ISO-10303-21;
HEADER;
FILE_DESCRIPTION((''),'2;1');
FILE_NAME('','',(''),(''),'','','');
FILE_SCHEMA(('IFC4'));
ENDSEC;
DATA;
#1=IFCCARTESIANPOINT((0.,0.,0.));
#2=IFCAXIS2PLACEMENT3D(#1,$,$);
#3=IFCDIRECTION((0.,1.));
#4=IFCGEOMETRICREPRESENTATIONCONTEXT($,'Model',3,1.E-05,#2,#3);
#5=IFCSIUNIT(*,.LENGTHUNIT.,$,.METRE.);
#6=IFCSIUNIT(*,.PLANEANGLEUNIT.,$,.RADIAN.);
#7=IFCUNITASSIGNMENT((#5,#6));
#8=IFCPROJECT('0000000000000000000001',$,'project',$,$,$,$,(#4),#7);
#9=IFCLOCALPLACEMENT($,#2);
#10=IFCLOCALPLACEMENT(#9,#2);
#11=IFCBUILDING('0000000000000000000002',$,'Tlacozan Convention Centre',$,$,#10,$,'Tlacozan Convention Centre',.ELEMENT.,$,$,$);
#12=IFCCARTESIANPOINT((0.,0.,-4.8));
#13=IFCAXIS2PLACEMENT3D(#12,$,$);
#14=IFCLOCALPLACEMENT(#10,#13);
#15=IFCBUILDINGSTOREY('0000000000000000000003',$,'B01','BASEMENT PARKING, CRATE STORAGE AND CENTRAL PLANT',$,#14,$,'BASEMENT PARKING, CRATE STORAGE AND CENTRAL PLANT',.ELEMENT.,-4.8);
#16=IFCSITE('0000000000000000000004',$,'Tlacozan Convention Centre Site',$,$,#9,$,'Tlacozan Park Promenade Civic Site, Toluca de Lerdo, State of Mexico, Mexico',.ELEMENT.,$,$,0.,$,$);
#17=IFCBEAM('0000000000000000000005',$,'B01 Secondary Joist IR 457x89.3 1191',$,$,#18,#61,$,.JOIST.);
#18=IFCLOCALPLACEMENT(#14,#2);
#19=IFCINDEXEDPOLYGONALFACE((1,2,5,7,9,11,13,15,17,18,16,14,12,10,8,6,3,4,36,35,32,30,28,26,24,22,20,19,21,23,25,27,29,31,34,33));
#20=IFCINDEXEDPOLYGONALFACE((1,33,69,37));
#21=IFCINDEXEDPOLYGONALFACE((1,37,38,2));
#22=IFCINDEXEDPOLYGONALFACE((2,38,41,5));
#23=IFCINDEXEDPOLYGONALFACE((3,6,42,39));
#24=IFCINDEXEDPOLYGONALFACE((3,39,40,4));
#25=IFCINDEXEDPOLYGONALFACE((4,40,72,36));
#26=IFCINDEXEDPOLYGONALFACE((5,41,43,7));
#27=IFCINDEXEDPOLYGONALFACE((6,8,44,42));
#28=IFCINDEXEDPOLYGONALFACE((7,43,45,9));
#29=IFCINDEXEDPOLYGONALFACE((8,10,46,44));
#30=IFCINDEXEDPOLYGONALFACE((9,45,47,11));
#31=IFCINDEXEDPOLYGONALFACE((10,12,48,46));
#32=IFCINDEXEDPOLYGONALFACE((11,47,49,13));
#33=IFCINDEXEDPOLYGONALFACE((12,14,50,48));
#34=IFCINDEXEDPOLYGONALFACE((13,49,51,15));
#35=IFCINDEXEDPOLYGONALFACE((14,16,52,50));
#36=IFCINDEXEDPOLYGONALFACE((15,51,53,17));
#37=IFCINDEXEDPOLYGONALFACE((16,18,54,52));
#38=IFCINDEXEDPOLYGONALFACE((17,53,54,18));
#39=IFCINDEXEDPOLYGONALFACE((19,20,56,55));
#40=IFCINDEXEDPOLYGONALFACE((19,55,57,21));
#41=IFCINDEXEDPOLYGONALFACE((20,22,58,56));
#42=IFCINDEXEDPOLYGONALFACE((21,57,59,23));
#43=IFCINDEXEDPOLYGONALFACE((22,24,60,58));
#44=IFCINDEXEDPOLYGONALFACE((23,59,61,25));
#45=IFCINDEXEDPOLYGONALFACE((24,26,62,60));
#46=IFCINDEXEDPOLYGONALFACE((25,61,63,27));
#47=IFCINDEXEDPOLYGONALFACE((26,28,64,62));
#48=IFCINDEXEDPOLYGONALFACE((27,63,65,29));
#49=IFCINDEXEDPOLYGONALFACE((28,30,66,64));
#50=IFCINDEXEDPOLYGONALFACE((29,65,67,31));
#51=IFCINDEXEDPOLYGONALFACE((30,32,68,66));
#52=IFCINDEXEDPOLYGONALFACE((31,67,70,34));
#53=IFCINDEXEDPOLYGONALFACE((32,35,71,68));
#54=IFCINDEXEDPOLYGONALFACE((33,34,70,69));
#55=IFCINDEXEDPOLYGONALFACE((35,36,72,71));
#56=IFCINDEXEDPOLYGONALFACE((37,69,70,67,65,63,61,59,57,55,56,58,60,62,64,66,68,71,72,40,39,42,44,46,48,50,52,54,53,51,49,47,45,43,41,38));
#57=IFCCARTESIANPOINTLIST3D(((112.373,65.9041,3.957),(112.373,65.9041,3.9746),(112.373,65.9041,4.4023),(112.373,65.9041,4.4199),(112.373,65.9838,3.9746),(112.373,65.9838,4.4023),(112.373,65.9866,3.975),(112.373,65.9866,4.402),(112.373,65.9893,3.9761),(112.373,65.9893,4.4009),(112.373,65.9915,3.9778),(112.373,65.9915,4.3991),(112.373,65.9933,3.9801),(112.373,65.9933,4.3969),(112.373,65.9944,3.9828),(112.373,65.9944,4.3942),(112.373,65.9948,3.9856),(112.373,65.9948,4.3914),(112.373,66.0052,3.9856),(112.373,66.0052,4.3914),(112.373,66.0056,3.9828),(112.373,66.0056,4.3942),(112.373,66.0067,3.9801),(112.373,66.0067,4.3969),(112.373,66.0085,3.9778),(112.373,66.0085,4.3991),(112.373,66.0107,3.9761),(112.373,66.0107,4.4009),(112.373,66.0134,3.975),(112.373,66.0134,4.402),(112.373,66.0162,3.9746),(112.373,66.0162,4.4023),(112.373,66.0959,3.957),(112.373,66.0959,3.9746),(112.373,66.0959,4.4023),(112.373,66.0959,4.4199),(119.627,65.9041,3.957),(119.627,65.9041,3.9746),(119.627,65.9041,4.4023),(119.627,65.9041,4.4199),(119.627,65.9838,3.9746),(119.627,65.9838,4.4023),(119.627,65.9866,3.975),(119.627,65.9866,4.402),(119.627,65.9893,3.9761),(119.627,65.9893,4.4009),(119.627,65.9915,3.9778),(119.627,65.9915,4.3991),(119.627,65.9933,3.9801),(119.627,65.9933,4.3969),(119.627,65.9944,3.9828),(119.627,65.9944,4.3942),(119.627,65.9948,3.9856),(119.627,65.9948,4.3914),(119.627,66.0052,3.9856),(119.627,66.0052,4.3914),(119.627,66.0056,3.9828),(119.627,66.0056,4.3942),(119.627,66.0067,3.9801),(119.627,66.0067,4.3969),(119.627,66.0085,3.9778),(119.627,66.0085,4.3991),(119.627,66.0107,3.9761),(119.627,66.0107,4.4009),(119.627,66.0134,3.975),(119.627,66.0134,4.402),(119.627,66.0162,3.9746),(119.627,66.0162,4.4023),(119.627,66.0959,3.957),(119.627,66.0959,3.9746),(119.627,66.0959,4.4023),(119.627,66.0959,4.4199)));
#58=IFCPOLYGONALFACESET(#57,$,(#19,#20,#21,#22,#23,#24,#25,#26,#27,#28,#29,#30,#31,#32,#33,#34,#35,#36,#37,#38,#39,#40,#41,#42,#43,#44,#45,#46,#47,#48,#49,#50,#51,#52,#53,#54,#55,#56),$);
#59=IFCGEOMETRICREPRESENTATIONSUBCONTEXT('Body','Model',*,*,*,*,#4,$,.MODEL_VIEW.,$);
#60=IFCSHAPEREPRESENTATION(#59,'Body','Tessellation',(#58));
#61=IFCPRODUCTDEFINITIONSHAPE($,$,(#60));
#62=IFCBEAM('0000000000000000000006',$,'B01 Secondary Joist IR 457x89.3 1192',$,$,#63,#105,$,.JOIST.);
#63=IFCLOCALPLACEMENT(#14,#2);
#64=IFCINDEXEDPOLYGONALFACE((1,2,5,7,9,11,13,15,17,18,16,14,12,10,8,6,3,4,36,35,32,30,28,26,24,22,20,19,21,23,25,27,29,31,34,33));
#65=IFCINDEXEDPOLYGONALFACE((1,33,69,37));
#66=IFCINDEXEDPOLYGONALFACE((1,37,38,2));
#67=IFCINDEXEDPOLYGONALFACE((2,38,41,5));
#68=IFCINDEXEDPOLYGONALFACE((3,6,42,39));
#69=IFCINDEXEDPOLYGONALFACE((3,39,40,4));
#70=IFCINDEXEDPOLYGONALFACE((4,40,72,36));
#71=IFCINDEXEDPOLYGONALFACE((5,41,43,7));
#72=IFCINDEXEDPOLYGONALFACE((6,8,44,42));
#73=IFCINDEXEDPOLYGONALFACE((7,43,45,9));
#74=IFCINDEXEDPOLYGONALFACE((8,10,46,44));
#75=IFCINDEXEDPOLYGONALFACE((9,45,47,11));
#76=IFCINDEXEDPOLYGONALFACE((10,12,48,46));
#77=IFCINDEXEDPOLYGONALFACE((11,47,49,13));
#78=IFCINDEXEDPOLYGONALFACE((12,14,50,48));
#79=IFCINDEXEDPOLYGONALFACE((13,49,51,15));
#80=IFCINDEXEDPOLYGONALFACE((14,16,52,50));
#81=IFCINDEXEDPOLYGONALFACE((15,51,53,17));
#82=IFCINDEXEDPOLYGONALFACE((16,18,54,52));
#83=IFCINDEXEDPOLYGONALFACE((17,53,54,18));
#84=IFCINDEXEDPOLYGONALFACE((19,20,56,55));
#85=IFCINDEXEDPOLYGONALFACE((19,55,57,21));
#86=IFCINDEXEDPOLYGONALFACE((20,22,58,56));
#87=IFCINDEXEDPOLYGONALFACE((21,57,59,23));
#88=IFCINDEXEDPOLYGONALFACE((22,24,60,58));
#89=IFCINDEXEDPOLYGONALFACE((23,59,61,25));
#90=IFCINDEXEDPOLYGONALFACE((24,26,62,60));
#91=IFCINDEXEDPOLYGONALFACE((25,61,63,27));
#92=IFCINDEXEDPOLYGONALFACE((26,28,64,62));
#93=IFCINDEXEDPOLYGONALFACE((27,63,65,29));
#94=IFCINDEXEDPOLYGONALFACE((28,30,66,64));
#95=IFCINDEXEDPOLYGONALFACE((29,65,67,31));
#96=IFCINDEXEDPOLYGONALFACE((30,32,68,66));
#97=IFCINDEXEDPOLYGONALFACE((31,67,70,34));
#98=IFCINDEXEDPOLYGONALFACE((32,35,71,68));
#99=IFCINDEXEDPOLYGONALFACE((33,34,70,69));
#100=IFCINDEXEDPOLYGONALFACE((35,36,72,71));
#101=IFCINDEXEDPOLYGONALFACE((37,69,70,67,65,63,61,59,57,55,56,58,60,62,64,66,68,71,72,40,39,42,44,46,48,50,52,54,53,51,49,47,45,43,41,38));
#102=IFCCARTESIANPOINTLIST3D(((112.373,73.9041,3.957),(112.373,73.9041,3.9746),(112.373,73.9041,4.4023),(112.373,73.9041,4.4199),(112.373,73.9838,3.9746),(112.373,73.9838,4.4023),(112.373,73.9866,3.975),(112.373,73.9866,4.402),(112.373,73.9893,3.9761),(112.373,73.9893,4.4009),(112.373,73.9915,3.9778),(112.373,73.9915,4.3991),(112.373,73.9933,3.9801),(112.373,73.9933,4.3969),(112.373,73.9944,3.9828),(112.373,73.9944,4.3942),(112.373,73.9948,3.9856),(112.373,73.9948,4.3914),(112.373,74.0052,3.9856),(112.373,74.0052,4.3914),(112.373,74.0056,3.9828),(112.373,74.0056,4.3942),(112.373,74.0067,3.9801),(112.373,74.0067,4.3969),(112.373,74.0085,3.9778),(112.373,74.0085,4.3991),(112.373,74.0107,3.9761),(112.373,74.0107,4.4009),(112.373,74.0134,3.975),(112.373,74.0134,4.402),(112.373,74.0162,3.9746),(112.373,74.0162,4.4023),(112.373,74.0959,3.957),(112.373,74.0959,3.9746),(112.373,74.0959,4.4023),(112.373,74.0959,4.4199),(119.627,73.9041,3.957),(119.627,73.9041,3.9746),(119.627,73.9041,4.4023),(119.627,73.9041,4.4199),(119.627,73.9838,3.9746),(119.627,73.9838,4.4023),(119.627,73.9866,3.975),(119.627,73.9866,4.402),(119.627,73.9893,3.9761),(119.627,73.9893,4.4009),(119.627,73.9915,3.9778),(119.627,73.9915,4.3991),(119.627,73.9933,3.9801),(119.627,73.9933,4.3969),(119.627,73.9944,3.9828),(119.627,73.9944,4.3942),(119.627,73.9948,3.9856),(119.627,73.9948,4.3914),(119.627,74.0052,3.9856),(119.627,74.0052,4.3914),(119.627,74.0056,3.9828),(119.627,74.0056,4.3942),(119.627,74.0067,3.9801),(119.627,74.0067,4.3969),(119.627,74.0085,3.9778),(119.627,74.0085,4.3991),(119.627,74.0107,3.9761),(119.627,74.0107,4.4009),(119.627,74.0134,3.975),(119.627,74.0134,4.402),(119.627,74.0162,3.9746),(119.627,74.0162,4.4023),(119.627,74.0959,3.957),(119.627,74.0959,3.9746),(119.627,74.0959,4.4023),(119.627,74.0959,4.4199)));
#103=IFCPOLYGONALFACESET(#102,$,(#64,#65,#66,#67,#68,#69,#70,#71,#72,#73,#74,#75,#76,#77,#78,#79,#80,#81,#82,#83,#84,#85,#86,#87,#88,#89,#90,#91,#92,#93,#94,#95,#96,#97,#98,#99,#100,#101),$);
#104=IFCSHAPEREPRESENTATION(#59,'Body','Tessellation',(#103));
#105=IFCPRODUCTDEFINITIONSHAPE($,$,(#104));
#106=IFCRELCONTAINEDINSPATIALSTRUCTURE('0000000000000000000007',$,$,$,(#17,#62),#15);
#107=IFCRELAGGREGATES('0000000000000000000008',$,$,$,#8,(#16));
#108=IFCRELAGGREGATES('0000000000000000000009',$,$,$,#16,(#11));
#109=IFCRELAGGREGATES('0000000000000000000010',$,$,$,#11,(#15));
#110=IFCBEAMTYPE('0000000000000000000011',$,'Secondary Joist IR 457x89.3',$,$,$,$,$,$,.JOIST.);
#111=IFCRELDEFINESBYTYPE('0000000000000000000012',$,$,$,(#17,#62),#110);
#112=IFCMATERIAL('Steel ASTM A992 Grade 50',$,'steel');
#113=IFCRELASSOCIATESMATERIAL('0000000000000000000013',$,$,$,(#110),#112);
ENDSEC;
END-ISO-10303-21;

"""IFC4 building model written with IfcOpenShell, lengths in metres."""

from ifc_helpers import new_model, si_unit, direction, frame, origin, origin_2d, place, context, subcontext, project, spatial, i_section, extrude, material, material_profile, profile_set, type_object, element, save


model = new_model("IFC4")

# Units and contexts
model_context = context("Model", 3, precision=1e-05, world=origin(), true_north=direction((0.0, 1.0)))
body_context = subcontext(model_context, "Body", "Model", "MODEL_VIEW")
ifc_project = project(units=[si_unit("LENGTHUNIT", "METRE"), si_unit("PLANEANGLEUNIT", "RADIAN")], contexts=[model_context])

# Site, building, storey
site_placement = place(None, origin())
site = spatial("IfcSite", under=ifc_project, at=site_placement, Name="Tlacozan Convention Centre Site", LongName="Tlacozan Park Promenade Civic Site, Toluca de Lerdo, State of Mexico, Mexico", CompositionType="ELEMENT", RefElevation=0.0)
building_placement = place(site_placement, origin())
building = spatial("IfcBuilding", under=site, at=building_placement, Name="Tlacozan Convention Centre", LongName="Tlacozan Convention Centre", CompositionType="ELEMENT")
storey_placement = place(building_placement, frame((0.0, 0.0, -4.8)))
storey = spatial("IfcBuildingStorey", under=building, at=storey_placement, Name="B01", Description="BASEMENT PARKING, CRATE STORAGE AND CENTRAL PLANT", LongName="BASEMENT PARKING, CRATE STORAGE AND CENTRAL PLANT", CompositionType="ELEMENT", Elevation=-4.8)

# Beams
ifc_material_1 = material(Name="Steel ASTM A992 Grade 50", Category="steel")
ifc_material_profile_1 = material_profile(ifc_material_1, i_section(OverallWidth=0.1919, OverallDepth=0.4629, WebThickness=0.0105, FlangeThickness=0.0176, FilletRadius=0.011, at=origin_2d()), Name="IR 457x89.3")
ifc_profile_set_1 = profile_set([ifc_material_profile_1], Name="Steel ASTM A992 Grade 50")
beam_type_1 = type_object("IfcBeamType", Name="Secondary Joist IR 457x89.3", PredefinedType="JOIST", material=ifc_profile_set_1)
for number, where, z_axis, x_axis, name in (
    (1, (112.373, 66.0, 4.1885), (1.0, 0.0, 0.0), (0.0, 1.0, 0.0), "B01 Secondary Joist IR 457x89.3 1191"),
    (2, (112.373, 74.0, 4.1885), (1.0, 0.0, 0.0), (0.0, 1.0, 0.0), "B01 Secondary Joist IR 457x89.3 1192"),
):
    element("IfcBeam", number, at=place(storey_placement, frame(where, z_axis=z_axis, x_axis=x_axis)), inside=storey, type_object=beam_type_1, Name=name, PredefinedType="JOIST", context=body_context, shape_type="SweptSolid", body=[
        extrude(i_section(OverallWidth=0.1919, OverallDepth=0.4629, WebThickness=0.0105, FlangeThickness=0.0176, FilletRadius=0.011, at=origin_2d()), origin(), (0.0, 0.0, 1.0), 7.2539),
    ])

save(model, "model.ifc")
